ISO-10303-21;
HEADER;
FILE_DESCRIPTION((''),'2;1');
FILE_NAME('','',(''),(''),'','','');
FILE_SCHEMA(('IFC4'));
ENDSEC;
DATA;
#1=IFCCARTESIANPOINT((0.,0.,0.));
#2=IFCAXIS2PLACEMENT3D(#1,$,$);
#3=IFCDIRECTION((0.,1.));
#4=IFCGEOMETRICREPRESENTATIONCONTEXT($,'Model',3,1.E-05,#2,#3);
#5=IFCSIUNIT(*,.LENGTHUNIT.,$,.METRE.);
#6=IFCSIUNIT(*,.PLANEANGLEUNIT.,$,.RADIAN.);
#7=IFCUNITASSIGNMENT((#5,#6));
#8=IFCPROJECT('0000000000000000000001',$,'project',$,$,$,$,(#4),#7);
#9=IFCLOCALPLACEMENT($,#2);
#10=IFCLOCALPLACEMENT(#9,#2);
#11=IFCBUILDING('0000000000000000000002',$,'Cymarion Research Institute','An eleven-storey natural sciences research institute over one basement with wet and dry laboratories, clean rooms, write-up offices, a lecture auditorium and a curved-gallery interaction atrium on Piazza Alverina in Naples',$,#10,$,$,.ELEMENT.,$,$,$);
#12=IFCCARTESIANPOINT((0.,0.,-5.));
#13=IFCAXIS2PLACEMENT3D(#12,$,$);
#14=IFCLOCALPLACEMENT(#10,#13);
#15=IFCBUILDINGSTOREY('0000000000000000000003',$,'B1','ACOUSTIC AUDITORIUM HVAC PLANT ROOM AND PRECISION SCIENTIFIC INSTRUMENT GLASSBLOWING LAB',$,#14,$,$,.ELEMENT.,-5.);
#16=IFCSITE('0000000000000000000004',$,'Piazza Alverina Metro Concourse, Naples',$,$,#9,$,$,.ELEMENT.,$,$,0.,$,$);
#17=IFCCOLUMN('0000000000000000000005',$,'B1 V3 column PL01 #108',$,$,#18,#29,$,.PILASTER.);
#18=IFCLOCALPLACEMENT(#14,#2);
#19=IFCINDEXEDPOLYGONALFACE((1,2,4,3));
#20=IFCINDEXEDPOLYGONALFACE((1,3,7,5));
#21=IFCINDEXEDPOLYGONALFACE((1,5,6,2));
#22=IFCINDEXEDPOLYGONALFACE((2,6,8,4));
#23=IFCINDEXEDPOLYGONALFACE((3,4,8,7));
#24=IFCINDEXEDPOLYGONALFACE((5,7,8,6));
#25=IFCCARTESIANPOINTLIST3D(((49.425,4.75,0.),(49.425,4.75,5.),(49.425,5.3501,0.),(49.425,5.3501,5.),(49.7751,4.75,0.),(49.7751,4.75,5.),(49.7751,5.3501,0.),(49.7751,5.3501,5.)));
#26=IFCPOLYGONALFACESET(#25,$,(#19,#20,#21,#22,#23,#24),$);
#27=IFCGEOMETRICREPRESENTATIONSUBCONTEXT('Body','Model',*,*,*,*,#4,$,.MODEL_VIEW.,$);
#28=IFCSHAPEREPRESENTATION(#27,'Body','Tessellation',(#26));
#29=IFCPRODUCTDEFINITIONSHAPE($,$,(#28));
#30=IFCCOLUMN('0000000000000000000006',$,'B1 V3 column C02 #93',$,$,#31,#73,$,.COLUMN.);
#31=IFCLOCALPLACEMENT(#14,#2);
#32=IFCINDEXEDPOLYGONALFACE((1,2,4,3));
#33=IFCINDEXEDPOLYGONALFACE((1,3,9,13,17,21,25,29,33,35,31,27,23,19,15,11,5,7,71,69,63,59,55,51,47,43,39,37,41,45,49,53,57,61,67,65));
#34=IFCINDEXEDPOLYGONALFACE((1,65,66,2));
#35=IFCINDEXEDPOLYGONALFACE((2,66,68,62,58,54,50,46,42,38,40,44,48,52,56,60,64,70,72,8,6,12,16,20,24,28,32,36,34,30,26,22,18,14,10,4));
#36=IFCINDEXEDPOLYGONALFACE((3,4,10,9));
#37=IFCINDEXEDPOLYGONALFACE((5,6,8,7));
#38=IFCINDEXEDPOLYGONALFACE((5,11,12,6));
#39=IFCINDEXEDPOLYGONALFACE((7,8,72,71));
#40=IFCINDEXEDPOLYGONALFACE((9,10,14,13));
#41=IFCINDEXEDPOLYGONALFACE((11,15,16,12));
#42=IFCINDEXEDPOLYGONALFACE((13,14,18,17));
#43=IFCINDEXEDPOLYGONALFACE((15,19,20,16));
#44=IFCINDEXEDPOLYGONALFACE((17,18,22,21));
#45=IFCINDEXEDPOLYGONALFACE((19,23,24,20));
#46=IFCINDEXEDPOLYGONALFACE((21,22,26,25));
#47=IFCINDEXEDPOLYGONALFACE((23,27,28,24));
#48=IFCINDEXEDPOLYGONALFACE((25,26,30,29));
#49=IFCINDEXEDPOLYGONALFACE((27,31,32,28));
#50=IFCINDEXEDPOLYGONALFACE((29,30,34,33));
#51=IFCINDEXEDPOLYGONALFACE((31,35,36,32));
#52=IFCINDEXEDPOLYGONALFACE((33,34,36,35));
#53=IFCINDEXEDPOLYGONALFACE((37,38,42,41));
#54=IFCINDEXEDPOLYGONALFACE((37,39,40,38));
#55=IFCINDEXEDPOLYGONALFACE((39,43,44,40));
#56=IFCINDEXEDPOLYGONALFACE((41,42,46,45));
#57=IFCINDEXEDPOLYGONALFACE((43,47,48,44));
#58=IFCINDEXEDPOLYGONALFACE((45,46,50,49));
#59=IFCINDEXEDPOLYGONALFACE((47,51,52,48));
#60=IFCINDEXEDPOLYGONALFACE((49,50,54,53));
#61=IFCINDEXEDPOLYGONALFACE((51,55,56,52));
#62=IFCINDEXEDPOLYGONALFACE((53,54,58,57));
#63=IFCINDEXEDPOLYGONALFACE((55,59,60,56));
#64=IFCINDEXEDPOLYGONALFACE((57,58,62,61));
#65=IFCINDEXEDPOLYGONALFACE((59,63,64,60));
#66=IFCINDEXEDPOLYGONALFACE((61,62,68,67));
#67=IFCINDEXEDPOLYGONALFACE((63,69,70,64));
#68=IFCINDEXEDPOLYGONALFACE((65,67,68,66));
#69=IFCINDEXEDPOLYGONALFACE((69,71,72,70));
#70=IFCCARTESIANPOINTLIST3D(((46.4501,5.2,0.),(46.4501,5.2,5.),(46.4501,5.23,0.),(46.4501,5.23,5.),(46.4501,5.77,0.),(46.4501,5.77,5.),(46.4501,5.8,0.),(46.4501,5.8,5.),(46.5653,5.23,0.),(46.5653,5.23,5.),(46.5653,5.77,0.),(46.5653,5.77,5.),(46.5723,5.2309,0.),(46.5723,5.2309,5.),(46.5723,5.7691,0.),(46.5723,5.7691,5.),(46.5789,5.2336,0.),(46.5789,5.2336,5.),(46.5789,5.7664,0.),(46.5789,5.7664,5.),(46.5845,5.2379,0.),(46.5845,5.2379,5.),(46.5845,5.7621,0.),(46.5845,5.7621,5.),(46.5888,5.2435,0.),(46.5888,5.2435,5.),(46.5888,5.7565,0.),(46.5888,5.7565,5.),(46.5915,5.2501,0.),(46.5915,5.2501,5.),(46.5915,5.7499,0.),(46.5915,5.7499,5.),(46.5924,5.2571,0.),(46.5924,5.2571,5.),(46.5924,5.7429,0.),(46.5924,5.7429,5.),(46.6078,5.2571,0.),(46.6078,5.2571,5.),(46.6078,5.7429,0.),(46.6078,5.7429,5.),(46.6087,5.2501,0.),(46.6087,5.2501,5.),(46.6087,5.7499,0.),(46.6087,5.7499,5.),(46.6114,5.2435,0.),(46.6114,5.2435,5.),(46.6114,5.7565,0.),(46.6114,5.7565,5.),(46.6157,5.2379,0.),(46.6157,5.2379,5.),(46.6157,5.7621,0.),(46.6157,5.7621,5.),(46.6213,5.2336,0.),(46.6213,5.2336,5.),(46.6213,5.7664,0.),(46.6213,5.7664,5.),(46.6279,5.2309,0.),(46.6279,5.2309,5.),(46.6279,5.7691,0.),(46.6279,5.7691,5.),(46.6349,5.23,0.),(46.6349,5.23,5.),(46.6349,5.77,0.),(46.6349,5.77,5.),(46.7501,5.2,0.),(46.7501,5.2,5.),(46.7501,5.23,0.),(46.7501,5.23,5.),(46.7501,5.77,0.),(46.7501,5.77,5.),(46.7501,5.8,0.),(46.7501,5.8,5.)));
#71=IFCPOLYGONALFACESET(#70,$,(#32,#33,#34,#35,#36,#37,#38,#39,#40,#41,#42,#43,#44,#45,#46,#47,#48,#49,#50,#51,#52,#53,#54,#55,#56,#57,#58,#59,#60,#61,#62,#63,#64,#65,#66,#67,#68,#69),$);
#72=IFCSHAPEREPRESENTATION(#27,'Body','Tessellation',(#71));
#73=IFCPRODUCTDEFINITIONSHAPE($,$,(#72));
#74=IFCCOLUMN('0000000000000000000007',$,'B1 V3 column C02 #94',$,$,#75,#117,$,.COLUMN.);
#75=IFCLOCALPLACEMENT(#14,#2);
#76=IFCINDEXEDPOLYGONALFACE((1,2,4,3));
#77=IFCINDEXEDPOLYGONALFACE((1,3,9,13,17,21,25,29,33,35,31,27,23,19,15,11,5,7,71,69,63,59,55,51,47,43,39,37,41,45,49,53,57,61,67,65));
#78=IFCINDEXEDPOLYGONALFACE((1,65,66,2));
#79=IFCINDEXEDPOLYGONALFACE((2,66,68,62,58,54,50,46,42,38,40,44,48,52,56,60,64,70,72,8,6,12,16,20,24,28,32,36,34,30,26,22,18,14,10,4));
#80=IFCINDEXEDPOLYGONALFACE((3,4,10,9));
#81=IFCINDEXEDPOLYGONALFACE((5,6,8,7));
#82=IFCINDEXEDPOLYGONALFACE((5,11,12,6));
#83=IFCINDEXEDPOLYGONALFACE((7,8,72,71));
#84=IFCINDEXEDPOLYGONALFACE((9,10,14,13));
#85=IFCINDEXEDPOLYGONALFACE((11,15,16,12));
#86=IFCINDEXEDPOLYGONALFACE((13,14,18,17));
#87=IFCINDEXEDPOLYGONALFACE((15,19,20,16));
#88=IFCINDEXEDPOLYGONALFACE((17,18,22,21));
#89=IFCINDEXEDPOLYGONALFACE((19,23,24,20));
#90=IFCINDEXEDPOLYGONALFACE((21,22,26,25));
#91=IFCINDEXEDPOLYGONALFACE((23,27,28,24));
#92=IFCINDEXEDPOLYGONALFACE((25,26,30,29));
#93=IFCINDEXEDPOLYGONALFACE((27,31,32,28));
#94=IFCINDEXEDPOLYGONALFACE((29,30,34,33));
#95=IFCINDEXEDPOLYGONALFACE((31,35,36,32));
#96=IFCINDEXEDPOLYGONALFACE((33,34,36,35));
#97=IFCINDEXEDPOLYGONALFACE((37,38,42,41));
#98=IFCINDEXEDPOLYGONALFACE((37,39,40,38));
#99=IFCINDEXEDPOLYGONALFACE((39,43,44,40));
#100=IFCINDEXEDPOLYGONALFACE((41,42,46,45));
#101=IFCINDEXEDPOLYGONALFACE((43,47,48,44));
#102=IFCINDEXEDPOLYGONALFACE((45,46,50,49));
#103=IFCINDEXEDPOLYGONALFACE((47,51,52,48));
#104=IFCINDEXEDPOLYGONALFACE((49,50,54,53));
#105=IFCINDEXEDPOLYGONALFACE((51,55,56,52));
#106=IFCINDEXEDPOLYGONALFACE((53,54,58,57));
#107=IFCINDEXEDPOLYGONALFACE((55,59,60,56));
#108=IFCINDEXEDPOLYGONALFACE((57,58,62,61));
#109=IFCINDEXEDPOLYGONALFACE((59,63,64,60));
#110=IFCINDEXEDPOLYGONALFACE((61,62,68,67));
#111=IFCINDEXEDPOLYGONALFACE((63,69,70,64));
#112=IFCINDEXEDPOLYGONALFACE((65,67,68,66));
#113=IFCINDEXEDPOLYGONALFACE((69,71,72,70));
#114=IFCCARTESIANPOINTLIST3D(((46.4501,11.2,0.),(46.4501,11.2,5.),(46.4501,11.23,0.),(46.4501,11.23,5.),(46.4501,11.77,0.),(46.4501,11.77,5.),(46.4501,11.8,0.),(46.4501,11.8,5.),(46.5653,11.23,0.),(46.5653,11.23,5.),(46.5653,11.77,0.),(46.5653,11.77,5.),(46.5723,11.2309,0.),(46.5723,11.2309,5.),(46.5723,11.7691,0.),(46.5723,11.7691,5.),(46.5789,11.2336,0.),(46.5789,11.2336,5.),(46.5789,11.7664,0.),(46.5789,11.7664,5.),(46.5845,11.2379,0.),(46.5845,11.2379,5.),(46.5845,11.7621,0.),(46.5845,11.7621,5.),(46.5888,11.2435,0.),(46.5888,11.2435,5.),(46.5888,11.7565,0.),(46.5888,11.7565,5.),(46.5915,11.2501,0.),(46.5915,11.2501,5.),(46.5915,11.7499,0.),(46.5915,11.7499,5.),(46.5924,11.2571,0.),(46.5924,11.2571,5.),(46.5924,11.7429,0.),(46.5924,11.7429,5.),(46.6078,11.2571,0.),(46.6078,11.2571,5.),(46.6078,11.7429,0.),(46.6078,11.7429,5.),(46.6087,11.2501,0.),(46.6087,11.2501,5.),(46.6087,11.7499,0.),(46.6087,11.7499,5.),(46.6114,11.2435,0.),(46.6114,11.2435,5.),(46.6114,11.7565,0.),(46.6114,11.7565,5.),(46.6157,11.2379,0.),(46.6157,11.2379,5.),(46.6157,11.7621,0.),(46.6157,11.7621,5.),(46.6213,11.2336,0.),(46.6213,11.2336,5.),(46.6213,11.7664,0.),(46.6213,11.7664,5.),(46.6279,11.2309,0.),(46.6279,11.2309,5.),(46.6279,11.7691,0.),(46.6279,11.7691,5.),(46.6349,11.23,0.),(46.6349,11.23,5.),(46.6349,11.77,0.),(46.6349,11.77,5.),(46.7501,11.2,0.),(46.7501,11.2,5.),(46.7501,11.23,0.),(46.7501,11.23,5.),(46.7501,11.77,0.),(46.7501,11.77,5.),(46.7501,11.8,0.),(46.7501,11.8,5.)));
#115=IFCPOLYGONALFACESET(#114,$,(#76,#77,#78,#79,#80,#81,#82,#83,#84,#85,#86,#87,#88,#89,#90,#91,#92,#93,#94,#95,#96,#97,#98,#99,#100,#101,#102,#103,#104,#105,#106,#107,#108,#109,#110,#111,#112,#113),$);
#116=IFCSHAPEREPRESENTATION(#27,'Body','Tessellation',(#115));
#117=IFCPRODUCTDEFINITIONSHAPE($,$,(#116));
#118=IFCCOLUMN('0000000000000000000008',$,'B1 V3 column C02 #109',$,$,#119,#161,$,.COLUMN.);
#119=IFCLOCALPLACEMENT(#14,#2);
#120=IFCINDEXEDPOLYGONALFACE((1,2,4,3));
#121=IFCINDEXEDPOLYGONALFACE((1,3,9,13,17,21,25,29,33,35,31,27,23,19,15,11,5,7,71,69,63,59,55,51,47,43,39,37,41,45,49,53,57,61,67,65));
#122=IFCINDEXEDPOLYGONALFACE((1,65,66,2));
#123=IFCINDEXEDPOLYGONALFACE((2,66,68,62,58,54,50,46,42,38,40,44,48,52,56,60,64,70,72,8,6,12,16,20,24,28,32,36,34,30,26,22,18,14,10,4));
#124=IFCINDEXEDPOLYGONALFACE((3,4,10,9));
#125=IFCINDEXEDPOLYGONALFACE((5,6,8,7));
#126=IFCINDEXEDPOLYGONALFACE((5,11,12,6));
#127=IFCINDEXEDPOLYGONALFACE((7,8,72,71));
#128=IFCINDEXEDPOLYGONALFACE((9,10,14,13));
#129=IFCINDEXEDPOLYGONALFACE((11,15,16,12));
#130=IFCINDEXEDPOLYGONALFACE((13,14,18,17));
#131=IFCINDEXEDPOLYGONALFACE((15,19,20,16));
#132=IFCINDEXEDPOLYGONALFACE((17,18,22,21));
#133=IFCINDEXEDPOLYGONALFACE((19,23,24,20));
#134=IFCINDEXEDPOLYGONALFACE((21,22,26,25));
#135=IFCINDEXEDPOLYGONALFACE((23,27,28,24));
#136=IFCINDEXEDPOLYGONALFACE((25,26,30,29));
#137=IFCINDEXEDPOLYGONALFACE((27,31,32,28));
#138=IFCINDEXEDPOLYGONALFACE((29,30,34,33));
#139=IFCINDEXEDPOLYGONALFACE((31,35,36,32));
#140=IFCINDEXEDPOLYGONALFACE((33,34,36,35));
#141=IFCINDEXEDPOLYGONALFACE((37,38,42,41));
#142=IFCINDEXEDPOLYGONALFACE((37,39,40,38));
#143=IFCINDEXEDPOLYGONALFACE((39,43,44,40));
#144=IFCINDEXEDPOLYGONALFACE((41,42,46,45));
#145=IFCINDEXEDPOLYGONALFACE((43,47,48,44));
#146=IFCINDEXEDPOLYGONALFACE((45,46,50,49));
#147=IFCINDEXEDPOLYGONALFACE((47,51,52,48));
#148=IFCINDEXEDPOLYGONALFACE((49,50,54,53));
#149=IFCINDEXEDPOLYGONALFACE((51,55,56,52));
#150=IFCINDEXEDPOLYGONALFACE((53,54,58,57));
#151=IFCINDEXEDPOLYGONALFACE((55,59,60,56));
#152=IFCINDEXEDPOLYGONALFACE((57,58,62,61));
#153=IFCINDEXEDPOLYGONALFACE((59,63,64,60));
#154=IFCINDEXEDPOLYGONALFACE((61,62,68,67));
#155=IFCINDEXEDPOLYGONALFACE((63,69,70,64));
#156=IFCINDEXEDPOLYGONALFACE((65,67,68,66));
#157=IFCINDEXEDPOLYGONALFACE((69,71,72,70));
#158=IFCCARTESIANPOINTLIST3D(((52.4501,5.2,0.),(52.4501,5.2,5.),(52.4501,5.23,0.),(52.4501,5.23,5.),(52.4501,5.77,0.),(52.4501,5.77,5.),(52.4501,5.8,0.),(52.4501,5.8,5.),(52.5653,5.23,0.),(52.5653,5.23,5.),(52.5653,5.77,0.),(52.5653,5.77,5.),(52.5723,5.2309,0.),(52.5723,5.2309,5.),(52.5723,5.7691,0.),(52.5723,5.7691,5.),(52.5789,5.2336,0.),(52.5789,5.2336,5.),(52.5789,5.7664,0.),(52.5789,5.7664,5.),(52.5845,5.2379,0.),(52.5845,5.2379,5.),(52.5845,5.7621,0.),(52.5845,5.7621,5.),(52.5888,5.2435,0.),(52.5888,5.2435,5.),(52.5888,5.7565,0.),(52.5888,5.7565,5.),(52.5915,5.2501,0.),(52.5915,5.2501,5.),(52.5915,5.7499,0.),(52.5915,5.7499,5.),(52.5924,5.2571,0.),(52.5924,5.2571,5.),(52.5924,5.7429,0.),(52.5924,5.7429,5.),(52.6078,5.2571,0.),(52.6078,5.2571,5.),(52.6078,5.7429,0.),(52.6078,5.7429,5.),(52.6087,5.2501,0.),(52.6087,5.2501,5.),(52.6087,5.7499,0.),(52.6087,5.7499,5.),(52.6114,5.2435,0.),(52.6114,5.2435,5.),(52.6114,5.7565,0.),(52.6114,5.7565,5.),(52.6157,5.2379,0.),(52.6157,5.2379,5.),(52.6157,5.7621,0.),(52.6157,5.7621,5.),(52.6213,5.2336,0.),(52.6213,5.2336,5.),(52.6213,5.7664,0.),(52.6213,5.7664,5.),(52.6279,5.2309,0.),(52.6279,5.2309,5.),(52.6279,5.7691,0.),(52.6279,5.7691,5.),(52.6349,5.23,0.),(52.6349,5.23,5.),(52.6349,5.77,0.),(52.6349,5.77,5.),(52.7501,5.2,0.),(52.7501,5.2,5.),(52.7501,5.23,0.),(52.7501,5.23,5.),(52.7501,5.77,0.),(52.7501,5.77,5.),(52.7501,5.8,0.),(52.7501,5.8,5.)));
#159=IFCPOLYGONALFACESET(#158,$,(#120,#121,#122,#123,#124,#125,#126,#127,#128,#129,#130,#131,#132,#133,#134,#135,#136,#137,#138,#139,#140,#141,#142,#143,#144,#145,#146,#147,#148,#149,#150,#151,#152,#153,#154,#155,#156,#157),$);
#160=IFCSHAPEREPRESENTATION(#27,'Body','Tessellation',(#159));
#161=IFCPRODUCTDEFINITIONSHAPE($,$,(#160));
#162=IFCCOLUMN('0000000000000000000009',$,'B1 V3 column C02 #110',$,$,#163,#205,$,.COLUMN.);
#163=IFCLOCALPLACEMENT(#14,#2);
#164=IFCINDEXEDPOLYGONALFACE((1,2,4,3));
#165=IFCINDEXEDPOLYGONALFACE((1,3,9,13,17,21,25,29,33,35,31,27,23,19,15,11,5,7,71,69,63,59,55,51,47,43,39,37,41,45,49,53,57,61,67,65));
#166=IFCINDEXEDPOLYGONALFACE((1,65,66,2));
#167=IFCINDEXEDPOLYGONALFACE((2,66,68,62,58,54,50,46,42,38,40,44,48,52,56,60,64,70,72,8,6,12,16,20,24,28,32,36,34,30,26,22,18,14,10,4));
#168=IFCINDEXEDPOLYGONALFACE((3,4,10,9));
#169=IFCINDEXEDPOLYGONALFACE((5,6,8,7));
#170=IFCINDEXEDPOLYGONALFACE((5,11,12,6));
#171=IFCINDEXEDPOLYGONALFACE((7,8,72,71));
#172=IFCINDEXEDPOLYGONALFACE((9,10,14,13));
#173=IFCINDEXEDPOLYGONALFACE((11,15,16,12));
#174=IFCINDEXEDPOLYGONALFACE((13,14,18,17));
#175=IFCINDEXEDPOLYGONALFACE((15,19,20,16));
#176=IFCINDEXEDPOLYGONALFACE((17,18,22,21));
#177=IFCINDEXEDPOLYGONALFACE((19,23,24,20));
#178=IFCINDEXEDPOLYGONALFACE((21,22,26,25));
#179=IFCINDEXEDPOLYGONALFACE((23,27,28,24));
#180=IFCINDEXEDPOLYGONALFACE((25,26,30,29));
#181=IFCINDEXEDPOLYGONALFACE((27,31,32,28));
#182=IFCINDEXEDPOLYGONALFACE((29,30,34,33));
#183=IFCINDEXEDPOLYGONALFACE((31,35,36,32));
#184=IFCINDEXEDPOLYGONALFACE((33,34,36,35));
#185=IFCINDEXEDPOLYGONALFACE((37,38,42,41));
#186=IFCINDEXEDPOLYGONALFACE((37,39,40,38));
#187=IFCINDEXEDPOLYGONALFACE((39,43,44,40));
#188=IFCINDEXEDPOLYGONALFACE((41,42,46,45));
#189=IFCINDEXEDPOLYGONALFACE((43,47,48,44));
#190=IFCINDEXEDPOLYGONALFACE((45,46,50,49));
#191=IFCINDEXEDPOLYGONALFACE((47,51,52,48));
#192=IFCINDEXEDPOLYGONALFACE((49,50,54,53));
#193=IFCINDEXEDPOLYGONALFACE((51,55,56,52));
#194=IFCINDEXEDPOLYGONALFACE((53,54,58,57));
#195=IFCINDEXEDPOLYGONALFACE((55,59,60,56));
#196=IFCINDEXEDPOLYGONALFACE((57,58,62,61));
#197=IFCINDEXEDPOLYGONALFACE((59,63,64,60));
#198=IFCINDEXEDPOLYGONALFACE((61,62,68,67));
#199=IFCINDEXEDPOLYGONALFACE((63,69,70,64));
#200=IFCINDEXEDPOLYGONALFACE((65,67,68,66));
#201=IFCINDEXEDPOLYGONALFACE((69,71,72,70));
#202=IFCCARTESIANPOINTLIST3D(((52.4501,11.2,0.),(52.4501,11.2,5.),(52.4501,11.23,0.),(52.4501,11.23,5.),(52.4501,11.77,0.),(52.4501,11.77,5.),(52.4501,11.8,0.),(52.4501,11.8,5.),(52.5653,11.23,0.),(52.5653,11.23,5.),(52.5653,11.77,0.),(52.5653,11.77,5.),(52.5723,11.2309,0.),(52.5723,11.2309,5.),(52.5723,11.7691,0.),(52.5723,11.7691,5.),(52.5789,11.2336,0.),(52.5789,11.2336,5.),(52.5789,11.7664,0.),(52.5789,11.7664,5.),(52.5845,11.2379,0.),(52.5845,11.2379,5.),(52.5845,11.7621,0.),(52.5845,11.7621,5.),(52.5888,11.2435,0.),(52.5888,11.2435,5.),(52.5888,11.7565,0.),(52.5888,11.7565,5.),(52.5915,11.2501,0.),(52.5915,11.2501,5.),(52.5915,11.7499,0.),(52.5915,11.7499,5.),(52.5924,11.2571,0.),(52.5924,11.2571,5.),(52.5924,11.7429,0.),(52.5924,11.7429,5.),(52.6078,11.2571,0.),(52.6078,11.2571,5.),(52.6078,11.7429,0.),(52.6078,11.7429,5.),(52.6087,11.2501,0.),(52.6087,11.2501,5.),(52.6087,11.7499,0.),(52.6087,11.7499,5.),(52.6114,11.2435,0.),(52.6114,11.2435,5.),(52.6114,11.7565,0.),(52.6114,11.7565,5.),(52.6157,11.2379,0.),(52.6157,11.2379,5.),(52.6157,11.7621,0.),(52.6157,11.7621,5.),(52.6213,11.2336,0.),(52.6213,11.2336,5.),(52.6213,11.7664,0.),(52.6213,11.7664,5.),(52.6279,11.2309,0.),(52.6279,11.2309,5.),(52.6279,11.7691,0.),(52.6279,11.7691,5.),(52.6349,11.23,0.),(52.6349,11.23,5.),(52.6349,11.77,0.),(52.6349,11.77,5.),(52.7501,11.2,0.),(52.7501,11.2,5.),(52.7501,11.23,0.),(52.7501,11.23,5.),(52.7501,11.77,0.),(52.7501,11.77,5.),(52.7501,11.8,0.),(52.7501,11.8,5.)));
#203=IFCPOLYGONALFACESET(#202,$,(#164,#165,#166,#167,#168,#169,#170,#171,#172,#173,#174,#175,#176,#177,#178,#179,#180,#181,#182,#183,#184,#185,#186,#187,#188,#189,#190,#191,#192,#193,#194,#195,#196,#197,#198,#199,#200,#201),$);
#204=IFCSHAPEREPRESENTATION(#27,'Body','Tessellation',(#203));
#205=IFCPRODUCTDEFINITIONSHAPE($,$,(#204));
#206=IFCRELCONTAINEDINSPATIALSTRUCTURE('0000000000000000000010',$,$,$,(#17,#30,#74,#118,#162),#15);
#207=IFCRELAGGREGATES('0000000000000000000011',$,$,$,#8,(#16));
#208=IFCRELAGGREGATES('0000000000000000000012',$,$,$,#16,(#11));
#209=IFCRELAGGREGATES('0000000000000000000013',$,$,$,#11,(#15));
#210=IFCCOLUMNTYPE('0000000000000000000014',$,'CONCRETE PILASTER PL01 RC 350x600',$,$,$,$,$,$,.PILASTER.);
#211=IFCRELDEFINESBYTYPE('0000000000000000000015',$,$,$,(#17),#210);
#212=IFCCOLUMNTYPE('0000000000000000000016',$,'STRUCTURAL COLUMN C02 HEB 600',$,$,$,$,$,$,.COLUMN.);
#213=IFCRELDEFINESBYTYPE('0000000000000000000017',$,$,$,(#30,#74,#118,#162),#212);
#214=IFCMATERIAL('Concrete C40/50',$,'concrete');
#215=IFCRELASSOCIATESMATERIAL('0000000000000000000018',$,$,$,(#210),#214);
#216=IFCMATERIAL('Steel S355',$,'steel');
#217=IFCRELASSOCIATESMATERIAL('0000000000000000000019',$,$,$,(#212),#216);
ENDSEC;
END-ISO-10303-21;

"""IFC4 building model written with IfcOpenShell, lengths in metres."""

from ifc_helpers import new_model, si_unit, direction, frame, origin, origin_2d, place, context, subcontext, project, spatial, rectangle, i_section, extrude, material, material_profile, profile_set, type_object, element, save


model = new_model("IFC4")

# Units and contexts
model_context = context("Model", 3, precision=1e-05, world=origin(), true_north=direction((0.0, 1.0)))
body_context = subcontext(model_context, "Body", "Model", "MODEL_VIEW")
ifc_project = project(units=[si_unit("LENGTHUNIT", "METRE"), si_unit("PLANEANGLEUNIT", "RADIAN")], contexts=[model_context])

# Site, building, storey
site_placement = place(None, origin())
site = spatial("IfcSite", under=ifc_project, at=site_placement, Name="Piazza Alverina Metro Concourse, Naples", CompositionType="ELEMENT", RefElevation=0.0)
building_placement = place(site_placement, origin())
building = spatial("IfcBuilding", under=site, at=building_placement, Name="Cymarion Research Institute", Description="An eleven-storey natural sciences research institute over one basement with wet and dry laboratories, clean rooms, write-up offices, a lecture auditorium and a curved-gallery interaction atrium on Piazza Alverina in Naples", CompositionType="ELEMENT")
storey_placement = place(building_placement, frame((0.0, 0.0, -5.0)))
storey = spatial("IfcBuildingStorey", under=building, at=storey_placement, Name="B1", Description="ACOUSTIC AUDITORIUM HVAC PLANT ROOM AND PRECISION SCIENTIFIC INSTRUMENT GLASSBLOWING LAB", CompositionType="ELEMENT", Elevation=-5.0)

# Columns
ifc_material_1 = material(Name="Concrete C40/50", Category="concrete")
ifc_material_profile_1 = material_profile(ifc_material_1, rectangle(XDim=0.3501, YDim=0.6001, at=origin_2d()), Name="RC 350x600")
ifc_profile_set_1 = profile_set([ifc_material_profile_1], Name="Concrete C40/50")
column_type_1 = type_object("IfcColumnType", Name="CONCRETE PILASTER PL01 RC 350x600", PredefinedType="PILASTER", material=ifc_profile_set_1)
column_1_placement = place(storey_placement, frame((49.6001, 5.05, 0.0), z_axis=(0.0, 0.0, 1.0), x_axis=(1.0, 0.0, 0.0)))
element("IfcColumn", 1, at=column_1_placement, inside=storey, type_object=column_type_1, Name="B1 V3 column PL01 #108", PredefinedType="PILASTER", context=body_context, shape_type="SweptSolid", body=[
    extrude(rectangle(XDim=0.3501, YDim=0.6001, at=origin_2d()), origin(), (0.0, 0.0, 1.0), 5.0),
])
ifc_material_2 = material(Name="Steel S355", Category="steel")
ifc_material_profile_2 = material_profile(ifc_material_2, i_section(OverallWidth=0.3, OverallDepth=0.6001, WebThickness=0.0154, FlangeThickness=0.03, FilletRadius=0.0271, at=origin_2d()), Name="HEB 600")
ifc_profile_set_2 = profile_set([ifc_material_profile_2], Name="Steel S355")
column_type_2 = type_object("IfcColumnType", Name="STRUCTURAL COLUMN C02 HEB 600", PredefinedType="COLUMN", material=ifc_profile_set_2)
for number, where, z_axis, x_axis, name in (
    (2, (46.6001, 5.5, 0.0), (0.0, 0.0, 1.0), (1.0, 0.0, 0.0), "B1 V3 column C02 #93"),
    (3, (46.6001, 11.5, 0.0), (0.0, 0.0, 1.0), (1.0, 0.0, 0.0), "B1 V3 column C02 #94"),
    (4, (52.6001, 5.5, 0.0), (0.0, 0.0, 1.0), (1.0, 0.0, 0.0), "B1 V3 column C02 #109"),
    (5, (52.6001, 11.5, 0.0), (0.0, 0.0, 1.0), (1.0, 0.0, 0.0), "B1 V3 column C02 #110"),
):
    element("IfcColumn", number, at=place(storey_placement, frame(where, z_axis=z_axis, x_axis=x_axis)), inside=storey, type_object=column_type_2, Name=name, PredefinedType="COLUMN", context=body_context, shape_type="SweptSolid", body=[
        extrude(i_section(OverallWidth=0.3, OverallDepth=0.6001, WebThickness=0.0154, FlangeThickness=0.03, FilletRadius=0.0271, at=origin_2d()), origin(), (0.0, 0.0, 1.0), 5.0),
    ])

save(model, "model.ifc")
